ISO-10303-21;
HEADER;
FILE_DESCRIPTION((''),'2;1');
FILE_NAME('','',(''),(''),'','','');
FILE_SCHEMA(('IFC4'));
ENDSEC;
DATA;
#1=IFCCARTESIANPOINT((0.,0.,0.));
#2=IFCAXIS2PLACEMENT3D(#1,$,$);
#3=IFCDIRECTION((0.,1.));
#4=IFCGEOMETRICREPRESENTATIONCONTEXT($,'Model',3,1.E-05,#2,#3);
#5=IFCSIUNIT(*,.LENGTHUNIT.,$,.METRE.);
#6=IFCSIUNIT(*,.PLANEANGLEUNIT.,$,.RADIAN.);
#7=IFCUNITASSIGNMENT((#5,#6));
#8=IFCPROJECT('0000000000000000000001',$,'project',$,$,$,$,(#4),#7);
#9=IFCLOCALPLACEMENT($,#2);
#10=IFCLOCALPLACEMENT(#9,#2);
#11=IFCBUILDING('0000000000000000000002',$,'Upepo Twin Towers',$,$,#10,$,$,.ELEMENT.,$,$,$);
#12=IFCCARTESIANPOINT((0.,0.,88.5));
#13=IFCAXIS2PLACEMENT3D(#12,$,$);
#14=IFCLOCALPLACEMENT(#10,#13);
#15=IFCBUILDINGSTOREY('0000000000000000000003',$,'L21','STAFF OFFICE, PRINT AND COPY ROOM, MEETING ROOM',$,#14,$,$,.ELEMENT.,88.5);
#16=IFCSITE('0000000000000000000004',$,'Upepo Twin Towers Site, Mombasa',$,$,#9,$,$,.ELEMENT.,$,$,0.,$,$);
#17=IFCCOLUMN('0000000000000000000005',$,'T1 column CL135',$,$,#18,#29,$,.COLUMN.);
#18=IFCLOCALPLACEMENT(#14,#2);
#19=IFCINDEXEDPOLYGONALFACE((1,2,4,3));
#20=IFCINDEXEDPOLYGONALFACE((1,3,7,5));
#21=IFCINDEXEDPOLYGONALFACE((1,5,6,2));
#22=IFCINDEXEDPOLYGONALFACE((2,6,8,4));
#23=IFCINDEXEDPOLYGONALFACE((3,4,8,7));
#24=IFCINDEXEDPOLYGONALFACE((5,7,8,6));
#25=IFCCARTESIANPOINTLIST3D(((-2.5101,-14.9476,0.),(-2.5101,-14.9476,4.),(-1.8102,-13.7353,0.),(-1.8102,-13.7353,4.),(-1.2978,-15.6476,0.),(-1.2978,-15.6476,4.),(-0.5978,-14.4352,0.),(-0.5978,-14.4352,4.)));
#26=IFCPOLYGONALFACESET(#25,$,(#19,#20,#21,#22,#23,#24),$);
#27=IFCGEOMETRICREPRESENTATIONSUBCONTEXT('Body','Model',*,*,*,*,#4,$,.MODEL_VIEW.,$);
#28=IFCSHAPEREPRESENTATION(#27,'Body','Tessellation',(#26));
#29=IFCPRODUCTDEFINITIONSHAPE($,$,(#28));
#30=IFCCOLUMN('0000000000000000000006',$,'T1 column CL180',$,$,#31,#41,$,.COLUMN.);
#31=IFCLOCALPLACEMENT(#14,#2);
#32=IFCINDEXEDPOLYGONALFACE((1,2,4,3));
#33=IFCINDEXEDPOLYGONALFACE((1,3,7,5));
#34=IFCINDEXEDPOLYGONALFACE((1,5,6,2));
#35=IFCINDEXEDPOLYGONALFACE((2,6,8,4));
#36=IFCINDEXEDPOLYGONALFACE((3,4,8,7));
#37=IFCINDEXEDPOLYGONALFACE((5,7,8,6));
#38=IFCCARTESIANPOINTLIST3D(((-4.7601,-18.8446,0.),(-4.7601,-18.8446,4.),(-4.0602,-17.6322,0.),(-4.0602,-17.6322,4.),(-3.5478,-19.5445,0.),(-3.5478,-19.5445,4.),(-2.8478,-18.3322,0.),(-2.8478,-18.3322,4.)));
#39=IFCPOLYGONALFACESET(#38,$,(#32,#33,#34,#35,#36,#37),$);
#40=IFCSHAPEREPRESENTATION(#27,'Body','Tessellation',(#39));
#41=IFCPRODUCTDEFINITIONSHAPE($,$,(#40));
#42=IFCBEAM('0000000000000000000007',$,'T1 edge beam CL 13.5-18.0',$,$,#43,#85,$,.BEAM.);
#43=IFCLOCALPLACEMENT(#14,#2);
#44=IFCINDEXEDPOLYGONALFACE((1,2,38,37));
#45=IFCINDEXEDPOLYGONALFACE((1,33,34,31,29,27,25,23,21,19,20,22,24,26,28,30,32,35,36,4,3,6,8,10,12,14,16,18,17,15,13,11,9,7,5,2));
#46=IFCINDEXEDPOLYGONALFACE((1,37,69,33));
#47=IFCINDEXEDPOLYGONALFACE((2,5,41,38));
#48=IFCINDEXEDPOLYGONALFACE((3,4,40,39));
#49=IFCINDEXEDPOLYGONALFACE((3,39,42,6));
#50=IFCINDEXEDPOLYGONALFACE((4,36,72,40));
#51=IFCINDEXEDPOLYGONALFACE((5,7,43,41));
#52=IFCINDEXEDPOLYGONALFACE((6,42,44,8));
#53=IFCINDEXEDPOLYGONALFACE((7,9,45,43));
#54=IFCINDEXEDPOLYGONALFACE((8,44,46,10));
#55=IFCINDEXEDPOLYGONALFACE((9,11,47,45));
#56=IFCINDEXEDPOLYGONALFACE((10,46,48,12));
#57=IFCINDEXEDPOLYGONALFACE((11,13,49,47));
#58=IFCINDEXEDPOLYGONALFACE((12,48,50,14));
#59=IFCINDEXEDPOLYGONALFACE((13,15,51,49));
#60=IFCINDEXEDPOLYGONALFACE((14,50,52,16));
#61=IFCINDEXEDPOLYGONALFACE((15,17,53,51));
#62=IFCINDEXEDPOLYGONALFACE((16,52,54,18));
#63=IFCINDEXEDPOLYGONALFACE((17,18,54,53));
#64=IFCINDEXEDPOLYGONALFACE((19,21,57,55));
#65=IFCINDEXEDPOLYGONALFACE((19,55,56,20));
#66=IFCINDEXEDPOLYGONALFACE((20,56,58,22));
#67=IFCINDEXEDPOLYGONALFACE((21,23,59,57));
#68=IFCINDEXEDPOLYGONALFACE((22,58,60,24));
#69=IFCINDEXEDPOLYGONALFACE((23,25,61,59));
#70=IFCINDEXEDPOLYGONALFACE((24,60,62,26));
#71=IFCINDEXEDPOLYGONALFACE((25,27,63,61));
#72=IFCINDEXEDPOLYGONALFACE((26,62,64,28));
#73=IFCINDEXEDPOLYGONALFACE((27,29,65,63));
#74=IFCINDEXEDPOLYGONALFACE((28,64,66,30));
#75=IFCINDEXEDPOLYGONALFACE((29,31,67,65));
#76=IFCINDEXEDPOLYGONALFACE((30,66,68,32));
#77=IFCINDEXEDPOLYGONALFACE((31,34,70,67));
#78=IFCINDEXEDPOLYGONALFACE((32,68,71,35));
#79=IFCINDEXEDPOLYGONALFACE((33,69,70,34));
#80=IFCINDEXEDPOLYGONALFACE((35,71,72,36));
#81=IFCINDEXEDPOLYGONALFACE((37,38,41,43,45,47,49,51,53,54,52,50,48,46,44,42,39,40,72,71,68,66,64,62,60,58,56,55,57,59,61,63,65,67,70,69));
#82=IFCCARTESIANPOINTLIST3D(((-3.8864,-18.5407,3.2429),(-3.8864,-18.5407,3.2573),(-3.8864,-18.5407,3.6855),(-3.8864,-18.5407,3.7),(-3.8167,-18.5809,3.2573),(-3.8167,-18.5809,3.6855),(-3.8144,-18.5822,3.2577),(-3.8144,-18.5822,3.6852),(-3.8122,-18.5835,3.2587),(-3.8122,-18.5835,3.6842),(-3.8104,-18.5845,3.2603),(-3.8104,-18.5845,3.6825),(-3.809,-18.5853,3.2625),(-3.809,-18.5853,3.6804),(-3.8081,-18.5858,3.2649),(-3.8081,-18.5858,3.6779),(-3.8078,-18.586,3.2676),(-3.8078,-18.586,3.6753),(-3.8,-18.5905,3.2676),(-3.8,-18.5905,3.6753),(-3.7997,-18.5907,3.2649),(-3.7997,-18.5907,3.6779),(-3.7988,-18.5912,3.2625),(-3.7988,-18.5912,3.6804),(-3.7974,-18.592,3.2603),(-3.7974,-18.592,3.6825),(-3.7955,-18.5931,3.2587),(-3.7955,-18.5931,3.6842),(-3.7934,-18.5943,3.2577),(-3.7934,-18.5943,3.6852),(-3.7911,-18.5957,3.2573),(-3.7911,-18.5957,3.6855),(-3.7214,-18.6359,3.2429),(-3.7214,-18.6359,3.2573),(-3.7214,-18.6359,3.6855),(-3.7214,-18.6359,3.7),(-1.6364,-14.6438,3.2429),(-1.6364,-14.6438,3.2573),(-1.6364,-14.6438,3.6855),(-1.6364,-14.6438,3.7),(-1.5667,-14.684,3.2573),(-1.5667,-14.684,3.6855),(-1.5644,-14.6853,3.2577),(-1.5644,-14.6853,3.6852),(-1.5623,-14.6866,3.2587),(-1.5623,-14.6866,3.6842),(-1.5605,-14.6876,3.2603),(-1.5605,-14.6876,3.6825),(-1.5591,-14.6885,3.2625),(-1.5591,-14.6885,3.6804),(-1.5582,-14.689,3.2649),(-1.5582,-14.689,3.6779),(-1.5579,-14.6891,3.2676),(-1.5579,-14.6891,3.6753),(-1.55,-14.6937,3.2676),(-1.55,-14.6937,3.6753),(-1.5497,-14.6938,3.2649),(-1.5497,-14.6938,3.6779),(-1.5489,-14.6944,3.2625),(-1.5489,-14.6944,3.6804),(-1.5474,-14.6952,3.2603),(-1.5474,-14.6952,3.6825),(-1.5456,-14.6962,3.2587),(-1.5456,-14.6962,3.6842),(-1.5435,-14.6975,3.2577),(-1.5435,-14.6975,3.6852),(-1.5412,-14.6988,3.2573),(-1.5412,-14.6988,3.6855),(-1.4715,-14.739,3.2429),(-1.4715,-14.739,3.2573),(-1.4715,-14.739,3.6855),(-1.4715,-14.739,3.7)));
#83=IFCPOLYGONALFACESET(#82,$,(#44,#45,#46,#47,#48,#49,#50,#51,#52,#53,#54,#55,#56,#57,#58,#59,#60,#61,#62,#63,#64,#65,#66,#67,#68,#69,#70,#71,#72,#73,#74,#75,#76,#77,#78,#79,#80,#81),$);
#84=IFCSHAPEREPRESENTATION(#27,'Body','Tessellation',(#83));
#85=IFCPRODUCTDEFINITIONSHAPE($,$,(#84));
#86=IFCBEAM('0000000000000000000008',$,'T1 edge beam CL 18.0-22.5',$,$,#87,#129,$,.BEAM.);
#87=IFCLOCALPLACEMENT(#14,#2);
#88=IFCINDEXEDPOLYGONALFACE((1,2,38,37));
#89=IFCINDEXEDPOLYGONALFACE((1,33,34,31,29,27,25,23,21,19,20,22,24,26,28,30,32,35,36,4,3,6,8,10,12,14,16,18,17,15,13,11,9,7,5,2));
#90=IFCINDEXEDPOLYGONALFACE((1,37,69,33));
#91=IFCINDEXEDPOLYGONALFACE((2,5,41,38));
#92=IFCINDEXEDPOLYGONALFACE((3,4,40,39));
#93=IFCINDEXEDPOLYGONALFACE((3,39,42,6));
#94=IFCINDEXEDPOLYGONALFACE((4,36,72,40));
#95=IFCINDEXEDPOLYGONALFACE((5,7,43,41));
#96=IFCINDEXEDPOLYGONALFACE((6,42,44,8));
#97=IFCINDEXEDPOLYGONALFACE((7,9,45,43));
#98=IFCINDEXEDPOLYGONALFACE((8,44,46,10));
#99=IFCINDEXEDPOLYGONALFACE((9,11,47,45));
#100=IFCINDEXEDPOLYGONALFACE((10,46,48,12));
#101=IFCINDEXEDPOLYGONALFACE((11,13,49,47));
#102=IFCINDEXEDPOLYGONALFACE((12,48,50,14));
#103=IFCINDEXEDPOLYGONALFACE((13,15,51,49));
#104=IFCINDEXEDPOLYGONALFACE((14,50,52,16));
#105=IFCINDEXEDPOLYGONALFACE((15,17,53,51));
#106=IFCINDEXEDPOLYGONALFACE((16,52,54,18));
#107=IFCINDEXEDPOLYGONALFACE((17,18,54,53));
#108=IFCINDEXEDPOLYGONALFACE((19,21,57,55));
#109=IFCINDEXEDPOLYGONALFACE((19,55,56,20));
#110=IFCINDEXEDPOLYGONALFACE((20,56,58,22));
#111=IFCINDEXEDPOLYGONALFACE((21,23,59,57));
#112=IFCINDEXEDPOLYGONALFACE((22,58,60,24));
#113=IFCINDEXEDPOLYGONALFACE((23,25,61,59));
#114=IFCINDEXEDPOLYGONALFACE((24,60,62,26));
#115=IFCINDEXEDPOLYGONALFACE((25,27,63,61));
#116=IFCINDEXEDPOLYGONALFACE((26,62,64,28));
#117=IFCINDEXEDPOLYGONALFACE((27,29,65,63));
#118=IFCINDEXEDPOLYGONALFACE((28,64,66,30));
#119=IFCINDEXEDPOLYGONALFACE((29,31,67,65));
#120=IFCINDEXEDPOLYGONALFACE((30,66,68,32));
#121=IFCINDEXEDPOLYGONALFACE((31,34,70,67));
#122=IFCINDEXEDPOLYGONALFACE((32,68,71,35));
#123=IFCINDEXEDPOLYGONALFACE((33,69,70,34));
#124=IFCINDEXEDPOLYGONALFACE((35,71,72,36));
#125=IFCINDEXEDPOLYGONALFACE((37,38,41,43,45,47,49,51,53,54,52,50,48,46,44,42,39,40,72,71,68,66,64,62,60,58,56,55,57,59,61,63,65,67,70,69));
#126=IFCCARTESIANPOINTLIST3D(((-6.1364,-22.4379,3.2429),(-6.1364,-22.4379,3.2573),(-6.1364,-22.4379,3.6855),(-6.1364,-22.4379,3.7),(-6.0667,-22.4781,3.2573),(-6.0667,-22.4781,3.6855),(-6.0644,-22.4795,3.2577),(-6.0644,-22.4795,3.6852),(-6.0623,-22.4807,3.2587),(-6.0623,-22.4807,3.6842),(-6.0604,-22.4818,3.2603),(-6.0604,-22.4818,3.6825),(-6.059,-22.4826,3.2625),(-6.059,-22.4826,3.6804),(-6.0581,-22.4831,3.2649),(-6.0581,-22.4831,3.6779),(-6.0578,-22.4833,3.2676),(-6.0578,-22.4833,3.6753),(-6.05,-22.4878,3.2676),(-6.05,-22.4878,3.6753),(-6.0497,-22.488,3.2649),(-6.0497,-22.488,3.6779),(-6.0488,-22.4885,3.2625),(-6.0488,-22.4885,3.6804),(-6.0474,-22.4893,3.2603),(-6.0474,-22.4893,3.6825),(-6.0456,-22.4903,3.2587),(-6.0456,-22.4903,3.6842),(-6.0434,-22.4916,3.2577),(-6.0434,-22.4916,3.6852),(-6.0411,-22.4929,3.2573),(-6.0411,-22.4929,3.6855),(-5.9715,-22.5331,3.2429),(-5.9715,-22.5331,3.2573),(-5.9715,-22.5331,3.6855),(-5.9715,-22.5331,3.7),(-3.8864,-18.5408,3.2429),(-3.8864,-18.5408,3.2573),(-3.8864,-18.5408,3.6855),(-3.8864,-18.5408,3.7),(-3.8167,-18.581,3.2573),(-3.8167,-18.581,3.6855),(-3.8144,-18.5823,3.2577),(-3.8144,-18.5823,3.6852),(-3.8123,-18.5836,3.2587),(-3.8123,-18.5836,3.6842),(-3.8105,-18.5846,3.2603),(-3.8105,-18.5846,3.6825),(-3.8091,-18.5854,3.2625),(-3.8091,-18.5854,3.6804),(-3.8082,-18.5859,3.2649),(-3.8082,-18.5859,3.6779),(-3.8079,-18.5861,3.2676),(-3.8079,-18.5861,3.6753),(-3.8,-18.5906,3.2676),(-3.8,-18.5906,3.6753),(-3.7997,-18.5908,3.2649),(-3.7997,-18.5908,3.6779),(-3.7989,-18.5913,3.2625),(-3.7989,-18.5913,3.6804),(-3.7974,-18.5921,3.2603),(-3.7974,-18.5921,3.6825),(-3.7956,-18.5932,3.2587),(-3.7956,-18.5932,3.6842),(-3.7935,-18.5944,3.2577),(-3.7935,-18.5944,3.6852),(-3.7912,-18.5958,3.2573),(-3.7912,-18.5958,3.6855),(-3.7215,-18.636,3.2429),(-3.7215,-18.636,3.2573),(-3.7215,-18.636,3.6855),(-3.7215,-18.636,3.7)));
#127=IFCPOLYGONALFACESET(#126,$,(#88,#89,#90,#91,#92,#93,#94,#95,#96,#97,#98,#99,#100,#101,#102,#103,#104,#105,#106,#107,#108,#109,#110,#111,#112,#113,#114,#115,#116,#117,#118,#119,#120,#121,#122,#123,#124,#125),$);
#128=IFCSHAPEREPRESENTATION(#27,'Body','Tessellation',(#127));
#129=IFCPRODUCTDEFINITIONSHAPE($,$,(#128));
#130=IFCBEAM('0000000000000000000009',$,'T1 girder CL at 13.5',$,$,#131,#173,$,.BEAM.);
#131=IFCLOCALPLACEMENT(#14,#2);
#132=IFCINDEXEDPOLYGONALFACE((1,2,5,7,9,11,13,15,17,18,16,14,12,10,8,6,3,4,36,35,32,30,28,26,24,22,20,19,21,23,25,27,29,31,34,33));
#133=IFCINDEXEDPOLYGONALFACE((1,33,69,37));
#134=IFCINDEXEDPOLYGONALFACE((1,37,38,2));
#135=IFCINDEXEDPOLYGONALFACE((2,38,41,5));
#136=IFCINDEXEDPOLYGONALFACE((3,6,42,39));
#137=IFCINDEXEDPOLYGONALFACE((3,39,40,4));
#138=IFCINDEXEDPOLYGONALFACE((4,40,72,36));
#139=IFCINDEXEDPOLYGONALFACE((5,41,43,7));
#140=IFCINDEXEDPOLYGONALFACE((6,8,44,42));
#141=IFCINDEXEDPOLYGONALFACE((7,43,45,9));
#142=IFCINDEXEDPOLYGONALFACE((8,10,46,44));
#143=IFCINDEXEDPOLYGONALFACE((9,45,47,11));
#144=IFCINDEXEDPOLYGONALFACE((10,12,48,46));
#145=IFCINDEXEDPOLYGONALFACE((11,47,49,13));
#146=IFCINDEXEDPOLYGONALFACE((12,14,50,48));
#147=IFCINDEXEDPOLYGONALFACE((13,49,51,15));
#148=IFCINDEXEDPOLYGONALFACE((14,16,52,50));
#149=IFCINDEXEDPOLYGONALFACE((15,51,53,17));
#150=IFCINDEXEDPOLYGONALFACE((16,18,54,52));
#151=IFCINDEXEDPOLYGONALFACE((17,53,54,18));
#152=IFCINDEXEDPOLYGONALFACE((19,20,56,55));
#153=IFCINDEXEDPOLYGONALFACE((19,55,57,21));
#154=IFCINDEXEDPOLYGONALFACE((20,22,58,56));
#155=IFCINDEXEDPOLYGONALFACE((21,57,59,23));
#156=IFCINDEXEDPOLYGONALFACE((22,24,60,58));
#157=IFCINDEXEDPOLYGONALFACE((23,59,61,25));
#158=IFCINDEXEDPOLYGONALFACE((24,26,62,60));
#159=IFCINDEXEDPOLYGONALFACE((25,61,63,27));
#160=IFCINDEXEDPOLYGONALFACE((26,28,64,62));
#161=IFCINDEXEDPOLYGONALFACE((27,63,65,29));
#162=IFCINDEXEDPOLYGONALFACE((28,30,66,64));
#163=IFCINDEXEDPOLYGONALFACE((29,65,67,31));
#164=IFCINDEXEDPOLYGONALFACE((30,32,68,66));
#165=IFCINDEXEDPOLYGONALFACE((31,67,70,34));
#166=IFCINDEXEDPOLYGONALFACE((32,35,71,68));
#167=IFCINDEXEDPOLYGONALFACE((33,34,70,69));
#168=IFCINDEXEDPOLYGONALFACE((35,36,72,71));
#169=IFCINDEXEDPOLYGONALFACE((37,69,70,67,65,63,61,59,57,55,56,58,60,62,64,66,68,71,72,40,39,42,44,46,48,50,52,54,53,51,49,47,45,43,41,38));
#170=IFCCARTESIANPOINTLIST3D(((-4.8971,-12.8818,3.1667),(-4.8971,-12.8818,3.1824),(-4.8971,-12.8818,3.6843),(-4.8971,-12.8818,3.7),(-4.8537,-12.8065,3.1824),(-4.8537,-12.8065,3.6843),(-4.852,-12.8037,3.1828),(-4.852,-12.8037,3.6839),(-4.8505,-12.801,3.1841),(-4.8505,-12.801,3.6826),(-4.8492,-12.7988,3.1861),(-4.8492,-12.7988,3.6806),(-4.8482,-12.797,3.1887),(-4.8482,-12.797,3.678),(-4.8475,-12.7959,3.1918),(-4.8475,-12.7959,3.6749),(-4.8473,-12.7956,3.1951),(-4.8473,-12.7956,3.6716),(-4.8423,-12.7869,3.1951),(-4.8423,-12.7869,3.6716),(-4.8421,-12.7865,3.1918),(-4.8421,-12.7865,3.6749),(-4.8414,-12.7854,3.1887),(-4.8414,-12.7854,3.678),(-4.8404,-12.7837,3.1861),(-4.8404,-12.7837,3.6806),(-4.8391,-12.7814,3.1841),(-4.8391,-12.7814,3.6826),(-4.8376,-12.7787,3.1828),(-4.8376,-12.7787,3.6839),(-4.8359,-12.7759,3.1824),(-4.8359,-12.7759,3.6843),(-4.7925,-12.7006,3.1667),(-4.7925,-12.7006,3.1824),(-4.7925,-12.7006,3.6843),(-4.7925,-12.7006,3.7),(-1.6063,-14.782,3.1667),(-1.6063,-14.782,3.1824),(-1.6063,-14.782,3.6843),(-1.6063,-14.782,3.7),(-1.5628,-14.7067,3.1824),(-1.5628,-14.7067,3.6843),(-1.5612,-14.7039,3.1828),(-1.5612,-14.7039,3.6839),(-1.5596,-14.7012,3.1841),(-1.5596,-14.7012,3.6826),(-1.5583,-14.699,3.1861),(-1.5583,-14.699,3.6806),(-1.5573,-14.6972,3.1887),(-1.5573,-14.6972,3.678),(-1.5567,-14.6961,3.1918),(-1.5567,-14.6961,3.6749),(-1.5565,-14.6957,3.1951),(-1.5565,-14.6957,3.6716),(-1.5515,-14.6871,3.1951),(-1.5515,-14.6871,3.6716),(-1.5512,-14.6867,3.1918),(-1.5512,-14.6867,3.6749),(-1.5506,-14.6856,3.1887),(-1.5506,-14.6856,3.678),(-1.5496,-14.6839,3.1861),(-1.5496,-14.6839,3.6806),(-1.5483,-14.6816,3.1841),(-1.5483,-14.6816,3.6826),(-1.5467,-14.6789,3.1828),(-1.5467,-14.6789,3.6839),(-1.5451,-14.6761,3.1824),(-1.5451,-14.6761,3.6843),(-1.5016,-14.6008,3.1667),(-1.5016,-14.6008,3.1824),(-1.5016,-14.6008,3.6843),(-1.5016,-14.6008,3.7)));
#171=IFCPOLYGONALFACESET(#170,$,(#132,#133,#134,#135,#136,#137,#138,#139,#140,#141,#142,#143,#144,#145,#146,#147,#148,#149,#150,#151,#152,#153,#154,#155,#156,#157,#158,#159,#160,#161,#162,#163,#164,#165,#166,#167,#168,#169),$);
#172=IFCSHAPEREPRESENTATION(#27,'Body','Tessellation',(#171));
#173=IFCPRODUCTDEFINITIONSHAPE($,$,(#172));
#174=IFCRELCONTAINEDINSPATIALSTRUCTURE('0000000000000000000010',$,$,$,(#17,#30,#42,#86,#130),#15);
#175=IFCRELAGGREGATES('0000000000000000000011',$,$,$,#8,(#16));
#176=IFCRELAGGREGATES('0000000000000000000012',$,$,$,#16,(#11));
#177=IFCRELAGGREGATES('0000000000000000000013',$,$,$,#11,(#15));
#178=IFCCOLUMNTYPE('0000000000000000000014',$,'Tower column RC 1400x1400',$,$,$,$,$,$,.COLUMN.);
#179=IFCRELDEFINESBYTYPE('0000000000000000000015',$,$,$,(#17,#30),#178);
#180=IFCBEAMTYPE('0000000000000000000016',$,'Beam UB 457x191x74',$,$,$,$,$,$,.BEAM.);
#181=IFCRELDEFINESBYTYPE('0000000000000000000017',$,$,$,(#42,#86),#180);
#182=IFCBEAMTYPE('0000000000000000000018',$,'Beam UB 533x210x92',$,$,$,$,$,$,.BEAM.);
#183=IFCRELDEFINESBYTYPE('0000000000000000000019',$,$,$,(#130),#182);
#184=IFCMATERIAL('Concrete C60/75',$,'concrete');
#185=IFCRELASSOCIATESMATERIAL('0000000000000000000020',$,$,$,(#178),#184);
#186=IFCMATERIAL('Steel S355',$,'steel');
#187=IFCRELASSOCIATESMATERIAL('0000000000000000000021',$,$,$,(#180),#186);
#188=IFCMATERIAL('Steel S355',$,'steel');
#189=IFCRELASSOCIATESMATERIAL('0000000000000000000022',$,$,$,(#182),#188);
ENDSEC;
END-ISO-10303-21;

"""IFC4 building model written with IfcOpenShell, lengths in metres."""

from ifc_helpers import new_model, si_unit, direction, frame, origin, origin_2d, place, context, subcontext, project, spatial, rectangle, i_section, extrude, material, material_profile, profile_set, type_object, element, save


model = new_model("IFC4")

# Units and contexts
model_context = context("Model", 3, precision=1e-05, world=origin(), true_north=direction((0.0, 1.0)))
body_context = subcontext(model_context, "Body", "Model", "MODEL_VIEW")
ifc_project = project(units=[si_unit("LENGTHUNIT", "METRE"), si_unit("PLANEANGLEUNIT", "RADIAN")], contexts=[model_context])

# Site, building, storey
site_placement = place(None, origin())
site = spatial("IfcSite", under=ifc_project, at=site_placement, Name="Upepo Twin Towers Site, Mombasa", CompositionType="ELEMENT", RefElevation=0.0)
building_placement = place(site_placement, origin())
building = spatial("IfcBuilding", under=site, at=building_placement, Name="Upepo Twin Towers", CompositionType="ELEMENT")
storey_placement = place(building_placement, frame((0.0, 0.0, 88.5)))
storey = spatial("IfcBuildingStorey", under=building, at=storey_placement, Name="L21", Description="STAFF OFFICE, PRINT AND COPY ROOM, MEETING ROOM", CompositionType="ELEMENT", Elevation=88.5)

# Columns
ifc_material_1 = material(Name="Concrete C60/75", Category="concrete")
ifc_material_profile_1 = material_profile(ifc_material_1, rectangle(XDim=1.3999, YDim=1.3999, at=origin_2d()), Name="RC 1400x1400")
ifc_profile_set_1 = profile_set([ifc_material_profile_1], Name="Concrete C60/75")
column_type = type_object("IfcColumnType", Name="Tower column RC 1400x1400", PredefinedType="COLUMN", material=ifc_profile_set_1)
for number, where, z_axis, x_axis, name in (
    (1, (-1.554, -14.6914, 0.0), (0.0, 0.0, 1.0), (0.5, 0.866025, 0.0), "T1 column CL135"),
    (2, (-3.804, -18.5884, 0.0), (0.0, 0.0, 1.0), (0.5, 0.866025, 0.0), "T1 column CL180"),
):
    element("IfcColumn", number, at=place(storey_placement, frame(where, z_axis=z_axis, x_axis=x_axis)), inside=storey, type_object=column_type, Name=name, PredefinedType="COLUMN", context=body_context, shape_type="SweptSolid", body=[
        extrude(rectangle(XDim=1.3999, YDim=1.3999, at=origin_2d()), origin(), (0.0, 0.0, 1.0), 4.0),
    ])

# Beams
ifc_material_2 = material(Name="Steel S355", Category="steel")
ifc_material_profile_2 = material_profile(ifc_material_2, i_section(OverallWidth=0.1904, OverallDepth=0.457, WebThickness=0.009, FlangeThickness=0.0144, FilletRadius=0.0103, at=origin_2d()), Name="UB 457x191x74")
ifc_profile_set_2 = profile_set([ifc_material_profile_2], Name="Steel S355")
beam_type_1 = type_object("IfcBeamType", Name="Beam UB 457x191x74", PredefinedType="BEAM", material=ifc_profile_set_2)
beam_1_placement = place(storey_placement, frame((-1.554, -14.6914, 3.4714), z_axis=(-0.500014, -0.866018, 0.0), x_axis=(0.866018, -0.500014, 0.0)))
element("IfcBeam", 3, at=beam_1_placement, inside=storey, type_object=beam_type_1, Name="T1 edge beam CL 13.5-18.0", PredefinedType="BEAM", context=body_context, shape_type="SweptSolid", body=[
    extrude(i_section(OverallWidth=0.1904, OverallDepth=0.457, WebThickness=0.009, FlangeThickness=0.0144, FilletRadius=0.0103, at=origin_2d()), origin(), (0.0, 0.0, 1.0), 4.4998),
])
beam_2_placement = place(storey_placement, frame((-3.804, -18.5884, 3.4714), z_axis=(-0.49999, -0.866031, 0.0), x_axis=(0.866031, -0.49999, 0.0)))
element("IfcBeam", 4, at=beam_2_placement, inside=storey, type_object=beam_type_1, Name="T1 edge beam CL 18.0-22.5", PredefinedType="BEAM", context=body_context, shape_type="SweptSolid", body=[
    extrude(i_section(OverallWidth=0.1904, OverallDepth=0.457, WebThickness=0.009, FlangeThickness=0.0144, FilletRadius=0.0103, at=origin_2d()), origin(), (0.0, 0.0, 1.0), 4.5),
])
ifc_material_3 = material(Name="Steel S355", Category="steel")
ifc_material_profile_3 = material_profile(ifc_material_3, i_section(OverallWidth=0.2092, OverallDepth=0.5332, WebThickness=0.01, FlangeThickness=0.0156, FilletRadius=0.0127, at=origin_2d()), Name="UB 533x210x92")
ifc_profile_set_3 = profile_set([ifc_material_profile_3], Name="Steel S355")
beam_type_2 = type_object("IfcBeamType", Name="Beam UB 533x210x92", PredefinedType="BEAM", material=ifc_profile_set_3)
beam_3_placement = place(storey_placement, frame((-1.554, -14.6914, 3.4333), z_axis=(-0.866, 0.500043, 0.0), x_axis=(-0.500043, -0.866, 0.0)))
element("IfcBeam", 5, at=beam_3_placement, inside=storey, type_object=beam_type_2, Name="T1 girder CL at 13.5", PredefinedType="BEAM", context=body_context, shape_type="SweptSolid", body=[
    extrude(i_section(OverallWidth=0.2092, OverallDepth=0.5332, WebThickness=0.01, FlangeThickness=0.0156, FilletRadius=0.0127, at=origin_2d()), origin(), (0.0, 0.0, 1.0), 3.8),
])

save(model, "model.ifc")
